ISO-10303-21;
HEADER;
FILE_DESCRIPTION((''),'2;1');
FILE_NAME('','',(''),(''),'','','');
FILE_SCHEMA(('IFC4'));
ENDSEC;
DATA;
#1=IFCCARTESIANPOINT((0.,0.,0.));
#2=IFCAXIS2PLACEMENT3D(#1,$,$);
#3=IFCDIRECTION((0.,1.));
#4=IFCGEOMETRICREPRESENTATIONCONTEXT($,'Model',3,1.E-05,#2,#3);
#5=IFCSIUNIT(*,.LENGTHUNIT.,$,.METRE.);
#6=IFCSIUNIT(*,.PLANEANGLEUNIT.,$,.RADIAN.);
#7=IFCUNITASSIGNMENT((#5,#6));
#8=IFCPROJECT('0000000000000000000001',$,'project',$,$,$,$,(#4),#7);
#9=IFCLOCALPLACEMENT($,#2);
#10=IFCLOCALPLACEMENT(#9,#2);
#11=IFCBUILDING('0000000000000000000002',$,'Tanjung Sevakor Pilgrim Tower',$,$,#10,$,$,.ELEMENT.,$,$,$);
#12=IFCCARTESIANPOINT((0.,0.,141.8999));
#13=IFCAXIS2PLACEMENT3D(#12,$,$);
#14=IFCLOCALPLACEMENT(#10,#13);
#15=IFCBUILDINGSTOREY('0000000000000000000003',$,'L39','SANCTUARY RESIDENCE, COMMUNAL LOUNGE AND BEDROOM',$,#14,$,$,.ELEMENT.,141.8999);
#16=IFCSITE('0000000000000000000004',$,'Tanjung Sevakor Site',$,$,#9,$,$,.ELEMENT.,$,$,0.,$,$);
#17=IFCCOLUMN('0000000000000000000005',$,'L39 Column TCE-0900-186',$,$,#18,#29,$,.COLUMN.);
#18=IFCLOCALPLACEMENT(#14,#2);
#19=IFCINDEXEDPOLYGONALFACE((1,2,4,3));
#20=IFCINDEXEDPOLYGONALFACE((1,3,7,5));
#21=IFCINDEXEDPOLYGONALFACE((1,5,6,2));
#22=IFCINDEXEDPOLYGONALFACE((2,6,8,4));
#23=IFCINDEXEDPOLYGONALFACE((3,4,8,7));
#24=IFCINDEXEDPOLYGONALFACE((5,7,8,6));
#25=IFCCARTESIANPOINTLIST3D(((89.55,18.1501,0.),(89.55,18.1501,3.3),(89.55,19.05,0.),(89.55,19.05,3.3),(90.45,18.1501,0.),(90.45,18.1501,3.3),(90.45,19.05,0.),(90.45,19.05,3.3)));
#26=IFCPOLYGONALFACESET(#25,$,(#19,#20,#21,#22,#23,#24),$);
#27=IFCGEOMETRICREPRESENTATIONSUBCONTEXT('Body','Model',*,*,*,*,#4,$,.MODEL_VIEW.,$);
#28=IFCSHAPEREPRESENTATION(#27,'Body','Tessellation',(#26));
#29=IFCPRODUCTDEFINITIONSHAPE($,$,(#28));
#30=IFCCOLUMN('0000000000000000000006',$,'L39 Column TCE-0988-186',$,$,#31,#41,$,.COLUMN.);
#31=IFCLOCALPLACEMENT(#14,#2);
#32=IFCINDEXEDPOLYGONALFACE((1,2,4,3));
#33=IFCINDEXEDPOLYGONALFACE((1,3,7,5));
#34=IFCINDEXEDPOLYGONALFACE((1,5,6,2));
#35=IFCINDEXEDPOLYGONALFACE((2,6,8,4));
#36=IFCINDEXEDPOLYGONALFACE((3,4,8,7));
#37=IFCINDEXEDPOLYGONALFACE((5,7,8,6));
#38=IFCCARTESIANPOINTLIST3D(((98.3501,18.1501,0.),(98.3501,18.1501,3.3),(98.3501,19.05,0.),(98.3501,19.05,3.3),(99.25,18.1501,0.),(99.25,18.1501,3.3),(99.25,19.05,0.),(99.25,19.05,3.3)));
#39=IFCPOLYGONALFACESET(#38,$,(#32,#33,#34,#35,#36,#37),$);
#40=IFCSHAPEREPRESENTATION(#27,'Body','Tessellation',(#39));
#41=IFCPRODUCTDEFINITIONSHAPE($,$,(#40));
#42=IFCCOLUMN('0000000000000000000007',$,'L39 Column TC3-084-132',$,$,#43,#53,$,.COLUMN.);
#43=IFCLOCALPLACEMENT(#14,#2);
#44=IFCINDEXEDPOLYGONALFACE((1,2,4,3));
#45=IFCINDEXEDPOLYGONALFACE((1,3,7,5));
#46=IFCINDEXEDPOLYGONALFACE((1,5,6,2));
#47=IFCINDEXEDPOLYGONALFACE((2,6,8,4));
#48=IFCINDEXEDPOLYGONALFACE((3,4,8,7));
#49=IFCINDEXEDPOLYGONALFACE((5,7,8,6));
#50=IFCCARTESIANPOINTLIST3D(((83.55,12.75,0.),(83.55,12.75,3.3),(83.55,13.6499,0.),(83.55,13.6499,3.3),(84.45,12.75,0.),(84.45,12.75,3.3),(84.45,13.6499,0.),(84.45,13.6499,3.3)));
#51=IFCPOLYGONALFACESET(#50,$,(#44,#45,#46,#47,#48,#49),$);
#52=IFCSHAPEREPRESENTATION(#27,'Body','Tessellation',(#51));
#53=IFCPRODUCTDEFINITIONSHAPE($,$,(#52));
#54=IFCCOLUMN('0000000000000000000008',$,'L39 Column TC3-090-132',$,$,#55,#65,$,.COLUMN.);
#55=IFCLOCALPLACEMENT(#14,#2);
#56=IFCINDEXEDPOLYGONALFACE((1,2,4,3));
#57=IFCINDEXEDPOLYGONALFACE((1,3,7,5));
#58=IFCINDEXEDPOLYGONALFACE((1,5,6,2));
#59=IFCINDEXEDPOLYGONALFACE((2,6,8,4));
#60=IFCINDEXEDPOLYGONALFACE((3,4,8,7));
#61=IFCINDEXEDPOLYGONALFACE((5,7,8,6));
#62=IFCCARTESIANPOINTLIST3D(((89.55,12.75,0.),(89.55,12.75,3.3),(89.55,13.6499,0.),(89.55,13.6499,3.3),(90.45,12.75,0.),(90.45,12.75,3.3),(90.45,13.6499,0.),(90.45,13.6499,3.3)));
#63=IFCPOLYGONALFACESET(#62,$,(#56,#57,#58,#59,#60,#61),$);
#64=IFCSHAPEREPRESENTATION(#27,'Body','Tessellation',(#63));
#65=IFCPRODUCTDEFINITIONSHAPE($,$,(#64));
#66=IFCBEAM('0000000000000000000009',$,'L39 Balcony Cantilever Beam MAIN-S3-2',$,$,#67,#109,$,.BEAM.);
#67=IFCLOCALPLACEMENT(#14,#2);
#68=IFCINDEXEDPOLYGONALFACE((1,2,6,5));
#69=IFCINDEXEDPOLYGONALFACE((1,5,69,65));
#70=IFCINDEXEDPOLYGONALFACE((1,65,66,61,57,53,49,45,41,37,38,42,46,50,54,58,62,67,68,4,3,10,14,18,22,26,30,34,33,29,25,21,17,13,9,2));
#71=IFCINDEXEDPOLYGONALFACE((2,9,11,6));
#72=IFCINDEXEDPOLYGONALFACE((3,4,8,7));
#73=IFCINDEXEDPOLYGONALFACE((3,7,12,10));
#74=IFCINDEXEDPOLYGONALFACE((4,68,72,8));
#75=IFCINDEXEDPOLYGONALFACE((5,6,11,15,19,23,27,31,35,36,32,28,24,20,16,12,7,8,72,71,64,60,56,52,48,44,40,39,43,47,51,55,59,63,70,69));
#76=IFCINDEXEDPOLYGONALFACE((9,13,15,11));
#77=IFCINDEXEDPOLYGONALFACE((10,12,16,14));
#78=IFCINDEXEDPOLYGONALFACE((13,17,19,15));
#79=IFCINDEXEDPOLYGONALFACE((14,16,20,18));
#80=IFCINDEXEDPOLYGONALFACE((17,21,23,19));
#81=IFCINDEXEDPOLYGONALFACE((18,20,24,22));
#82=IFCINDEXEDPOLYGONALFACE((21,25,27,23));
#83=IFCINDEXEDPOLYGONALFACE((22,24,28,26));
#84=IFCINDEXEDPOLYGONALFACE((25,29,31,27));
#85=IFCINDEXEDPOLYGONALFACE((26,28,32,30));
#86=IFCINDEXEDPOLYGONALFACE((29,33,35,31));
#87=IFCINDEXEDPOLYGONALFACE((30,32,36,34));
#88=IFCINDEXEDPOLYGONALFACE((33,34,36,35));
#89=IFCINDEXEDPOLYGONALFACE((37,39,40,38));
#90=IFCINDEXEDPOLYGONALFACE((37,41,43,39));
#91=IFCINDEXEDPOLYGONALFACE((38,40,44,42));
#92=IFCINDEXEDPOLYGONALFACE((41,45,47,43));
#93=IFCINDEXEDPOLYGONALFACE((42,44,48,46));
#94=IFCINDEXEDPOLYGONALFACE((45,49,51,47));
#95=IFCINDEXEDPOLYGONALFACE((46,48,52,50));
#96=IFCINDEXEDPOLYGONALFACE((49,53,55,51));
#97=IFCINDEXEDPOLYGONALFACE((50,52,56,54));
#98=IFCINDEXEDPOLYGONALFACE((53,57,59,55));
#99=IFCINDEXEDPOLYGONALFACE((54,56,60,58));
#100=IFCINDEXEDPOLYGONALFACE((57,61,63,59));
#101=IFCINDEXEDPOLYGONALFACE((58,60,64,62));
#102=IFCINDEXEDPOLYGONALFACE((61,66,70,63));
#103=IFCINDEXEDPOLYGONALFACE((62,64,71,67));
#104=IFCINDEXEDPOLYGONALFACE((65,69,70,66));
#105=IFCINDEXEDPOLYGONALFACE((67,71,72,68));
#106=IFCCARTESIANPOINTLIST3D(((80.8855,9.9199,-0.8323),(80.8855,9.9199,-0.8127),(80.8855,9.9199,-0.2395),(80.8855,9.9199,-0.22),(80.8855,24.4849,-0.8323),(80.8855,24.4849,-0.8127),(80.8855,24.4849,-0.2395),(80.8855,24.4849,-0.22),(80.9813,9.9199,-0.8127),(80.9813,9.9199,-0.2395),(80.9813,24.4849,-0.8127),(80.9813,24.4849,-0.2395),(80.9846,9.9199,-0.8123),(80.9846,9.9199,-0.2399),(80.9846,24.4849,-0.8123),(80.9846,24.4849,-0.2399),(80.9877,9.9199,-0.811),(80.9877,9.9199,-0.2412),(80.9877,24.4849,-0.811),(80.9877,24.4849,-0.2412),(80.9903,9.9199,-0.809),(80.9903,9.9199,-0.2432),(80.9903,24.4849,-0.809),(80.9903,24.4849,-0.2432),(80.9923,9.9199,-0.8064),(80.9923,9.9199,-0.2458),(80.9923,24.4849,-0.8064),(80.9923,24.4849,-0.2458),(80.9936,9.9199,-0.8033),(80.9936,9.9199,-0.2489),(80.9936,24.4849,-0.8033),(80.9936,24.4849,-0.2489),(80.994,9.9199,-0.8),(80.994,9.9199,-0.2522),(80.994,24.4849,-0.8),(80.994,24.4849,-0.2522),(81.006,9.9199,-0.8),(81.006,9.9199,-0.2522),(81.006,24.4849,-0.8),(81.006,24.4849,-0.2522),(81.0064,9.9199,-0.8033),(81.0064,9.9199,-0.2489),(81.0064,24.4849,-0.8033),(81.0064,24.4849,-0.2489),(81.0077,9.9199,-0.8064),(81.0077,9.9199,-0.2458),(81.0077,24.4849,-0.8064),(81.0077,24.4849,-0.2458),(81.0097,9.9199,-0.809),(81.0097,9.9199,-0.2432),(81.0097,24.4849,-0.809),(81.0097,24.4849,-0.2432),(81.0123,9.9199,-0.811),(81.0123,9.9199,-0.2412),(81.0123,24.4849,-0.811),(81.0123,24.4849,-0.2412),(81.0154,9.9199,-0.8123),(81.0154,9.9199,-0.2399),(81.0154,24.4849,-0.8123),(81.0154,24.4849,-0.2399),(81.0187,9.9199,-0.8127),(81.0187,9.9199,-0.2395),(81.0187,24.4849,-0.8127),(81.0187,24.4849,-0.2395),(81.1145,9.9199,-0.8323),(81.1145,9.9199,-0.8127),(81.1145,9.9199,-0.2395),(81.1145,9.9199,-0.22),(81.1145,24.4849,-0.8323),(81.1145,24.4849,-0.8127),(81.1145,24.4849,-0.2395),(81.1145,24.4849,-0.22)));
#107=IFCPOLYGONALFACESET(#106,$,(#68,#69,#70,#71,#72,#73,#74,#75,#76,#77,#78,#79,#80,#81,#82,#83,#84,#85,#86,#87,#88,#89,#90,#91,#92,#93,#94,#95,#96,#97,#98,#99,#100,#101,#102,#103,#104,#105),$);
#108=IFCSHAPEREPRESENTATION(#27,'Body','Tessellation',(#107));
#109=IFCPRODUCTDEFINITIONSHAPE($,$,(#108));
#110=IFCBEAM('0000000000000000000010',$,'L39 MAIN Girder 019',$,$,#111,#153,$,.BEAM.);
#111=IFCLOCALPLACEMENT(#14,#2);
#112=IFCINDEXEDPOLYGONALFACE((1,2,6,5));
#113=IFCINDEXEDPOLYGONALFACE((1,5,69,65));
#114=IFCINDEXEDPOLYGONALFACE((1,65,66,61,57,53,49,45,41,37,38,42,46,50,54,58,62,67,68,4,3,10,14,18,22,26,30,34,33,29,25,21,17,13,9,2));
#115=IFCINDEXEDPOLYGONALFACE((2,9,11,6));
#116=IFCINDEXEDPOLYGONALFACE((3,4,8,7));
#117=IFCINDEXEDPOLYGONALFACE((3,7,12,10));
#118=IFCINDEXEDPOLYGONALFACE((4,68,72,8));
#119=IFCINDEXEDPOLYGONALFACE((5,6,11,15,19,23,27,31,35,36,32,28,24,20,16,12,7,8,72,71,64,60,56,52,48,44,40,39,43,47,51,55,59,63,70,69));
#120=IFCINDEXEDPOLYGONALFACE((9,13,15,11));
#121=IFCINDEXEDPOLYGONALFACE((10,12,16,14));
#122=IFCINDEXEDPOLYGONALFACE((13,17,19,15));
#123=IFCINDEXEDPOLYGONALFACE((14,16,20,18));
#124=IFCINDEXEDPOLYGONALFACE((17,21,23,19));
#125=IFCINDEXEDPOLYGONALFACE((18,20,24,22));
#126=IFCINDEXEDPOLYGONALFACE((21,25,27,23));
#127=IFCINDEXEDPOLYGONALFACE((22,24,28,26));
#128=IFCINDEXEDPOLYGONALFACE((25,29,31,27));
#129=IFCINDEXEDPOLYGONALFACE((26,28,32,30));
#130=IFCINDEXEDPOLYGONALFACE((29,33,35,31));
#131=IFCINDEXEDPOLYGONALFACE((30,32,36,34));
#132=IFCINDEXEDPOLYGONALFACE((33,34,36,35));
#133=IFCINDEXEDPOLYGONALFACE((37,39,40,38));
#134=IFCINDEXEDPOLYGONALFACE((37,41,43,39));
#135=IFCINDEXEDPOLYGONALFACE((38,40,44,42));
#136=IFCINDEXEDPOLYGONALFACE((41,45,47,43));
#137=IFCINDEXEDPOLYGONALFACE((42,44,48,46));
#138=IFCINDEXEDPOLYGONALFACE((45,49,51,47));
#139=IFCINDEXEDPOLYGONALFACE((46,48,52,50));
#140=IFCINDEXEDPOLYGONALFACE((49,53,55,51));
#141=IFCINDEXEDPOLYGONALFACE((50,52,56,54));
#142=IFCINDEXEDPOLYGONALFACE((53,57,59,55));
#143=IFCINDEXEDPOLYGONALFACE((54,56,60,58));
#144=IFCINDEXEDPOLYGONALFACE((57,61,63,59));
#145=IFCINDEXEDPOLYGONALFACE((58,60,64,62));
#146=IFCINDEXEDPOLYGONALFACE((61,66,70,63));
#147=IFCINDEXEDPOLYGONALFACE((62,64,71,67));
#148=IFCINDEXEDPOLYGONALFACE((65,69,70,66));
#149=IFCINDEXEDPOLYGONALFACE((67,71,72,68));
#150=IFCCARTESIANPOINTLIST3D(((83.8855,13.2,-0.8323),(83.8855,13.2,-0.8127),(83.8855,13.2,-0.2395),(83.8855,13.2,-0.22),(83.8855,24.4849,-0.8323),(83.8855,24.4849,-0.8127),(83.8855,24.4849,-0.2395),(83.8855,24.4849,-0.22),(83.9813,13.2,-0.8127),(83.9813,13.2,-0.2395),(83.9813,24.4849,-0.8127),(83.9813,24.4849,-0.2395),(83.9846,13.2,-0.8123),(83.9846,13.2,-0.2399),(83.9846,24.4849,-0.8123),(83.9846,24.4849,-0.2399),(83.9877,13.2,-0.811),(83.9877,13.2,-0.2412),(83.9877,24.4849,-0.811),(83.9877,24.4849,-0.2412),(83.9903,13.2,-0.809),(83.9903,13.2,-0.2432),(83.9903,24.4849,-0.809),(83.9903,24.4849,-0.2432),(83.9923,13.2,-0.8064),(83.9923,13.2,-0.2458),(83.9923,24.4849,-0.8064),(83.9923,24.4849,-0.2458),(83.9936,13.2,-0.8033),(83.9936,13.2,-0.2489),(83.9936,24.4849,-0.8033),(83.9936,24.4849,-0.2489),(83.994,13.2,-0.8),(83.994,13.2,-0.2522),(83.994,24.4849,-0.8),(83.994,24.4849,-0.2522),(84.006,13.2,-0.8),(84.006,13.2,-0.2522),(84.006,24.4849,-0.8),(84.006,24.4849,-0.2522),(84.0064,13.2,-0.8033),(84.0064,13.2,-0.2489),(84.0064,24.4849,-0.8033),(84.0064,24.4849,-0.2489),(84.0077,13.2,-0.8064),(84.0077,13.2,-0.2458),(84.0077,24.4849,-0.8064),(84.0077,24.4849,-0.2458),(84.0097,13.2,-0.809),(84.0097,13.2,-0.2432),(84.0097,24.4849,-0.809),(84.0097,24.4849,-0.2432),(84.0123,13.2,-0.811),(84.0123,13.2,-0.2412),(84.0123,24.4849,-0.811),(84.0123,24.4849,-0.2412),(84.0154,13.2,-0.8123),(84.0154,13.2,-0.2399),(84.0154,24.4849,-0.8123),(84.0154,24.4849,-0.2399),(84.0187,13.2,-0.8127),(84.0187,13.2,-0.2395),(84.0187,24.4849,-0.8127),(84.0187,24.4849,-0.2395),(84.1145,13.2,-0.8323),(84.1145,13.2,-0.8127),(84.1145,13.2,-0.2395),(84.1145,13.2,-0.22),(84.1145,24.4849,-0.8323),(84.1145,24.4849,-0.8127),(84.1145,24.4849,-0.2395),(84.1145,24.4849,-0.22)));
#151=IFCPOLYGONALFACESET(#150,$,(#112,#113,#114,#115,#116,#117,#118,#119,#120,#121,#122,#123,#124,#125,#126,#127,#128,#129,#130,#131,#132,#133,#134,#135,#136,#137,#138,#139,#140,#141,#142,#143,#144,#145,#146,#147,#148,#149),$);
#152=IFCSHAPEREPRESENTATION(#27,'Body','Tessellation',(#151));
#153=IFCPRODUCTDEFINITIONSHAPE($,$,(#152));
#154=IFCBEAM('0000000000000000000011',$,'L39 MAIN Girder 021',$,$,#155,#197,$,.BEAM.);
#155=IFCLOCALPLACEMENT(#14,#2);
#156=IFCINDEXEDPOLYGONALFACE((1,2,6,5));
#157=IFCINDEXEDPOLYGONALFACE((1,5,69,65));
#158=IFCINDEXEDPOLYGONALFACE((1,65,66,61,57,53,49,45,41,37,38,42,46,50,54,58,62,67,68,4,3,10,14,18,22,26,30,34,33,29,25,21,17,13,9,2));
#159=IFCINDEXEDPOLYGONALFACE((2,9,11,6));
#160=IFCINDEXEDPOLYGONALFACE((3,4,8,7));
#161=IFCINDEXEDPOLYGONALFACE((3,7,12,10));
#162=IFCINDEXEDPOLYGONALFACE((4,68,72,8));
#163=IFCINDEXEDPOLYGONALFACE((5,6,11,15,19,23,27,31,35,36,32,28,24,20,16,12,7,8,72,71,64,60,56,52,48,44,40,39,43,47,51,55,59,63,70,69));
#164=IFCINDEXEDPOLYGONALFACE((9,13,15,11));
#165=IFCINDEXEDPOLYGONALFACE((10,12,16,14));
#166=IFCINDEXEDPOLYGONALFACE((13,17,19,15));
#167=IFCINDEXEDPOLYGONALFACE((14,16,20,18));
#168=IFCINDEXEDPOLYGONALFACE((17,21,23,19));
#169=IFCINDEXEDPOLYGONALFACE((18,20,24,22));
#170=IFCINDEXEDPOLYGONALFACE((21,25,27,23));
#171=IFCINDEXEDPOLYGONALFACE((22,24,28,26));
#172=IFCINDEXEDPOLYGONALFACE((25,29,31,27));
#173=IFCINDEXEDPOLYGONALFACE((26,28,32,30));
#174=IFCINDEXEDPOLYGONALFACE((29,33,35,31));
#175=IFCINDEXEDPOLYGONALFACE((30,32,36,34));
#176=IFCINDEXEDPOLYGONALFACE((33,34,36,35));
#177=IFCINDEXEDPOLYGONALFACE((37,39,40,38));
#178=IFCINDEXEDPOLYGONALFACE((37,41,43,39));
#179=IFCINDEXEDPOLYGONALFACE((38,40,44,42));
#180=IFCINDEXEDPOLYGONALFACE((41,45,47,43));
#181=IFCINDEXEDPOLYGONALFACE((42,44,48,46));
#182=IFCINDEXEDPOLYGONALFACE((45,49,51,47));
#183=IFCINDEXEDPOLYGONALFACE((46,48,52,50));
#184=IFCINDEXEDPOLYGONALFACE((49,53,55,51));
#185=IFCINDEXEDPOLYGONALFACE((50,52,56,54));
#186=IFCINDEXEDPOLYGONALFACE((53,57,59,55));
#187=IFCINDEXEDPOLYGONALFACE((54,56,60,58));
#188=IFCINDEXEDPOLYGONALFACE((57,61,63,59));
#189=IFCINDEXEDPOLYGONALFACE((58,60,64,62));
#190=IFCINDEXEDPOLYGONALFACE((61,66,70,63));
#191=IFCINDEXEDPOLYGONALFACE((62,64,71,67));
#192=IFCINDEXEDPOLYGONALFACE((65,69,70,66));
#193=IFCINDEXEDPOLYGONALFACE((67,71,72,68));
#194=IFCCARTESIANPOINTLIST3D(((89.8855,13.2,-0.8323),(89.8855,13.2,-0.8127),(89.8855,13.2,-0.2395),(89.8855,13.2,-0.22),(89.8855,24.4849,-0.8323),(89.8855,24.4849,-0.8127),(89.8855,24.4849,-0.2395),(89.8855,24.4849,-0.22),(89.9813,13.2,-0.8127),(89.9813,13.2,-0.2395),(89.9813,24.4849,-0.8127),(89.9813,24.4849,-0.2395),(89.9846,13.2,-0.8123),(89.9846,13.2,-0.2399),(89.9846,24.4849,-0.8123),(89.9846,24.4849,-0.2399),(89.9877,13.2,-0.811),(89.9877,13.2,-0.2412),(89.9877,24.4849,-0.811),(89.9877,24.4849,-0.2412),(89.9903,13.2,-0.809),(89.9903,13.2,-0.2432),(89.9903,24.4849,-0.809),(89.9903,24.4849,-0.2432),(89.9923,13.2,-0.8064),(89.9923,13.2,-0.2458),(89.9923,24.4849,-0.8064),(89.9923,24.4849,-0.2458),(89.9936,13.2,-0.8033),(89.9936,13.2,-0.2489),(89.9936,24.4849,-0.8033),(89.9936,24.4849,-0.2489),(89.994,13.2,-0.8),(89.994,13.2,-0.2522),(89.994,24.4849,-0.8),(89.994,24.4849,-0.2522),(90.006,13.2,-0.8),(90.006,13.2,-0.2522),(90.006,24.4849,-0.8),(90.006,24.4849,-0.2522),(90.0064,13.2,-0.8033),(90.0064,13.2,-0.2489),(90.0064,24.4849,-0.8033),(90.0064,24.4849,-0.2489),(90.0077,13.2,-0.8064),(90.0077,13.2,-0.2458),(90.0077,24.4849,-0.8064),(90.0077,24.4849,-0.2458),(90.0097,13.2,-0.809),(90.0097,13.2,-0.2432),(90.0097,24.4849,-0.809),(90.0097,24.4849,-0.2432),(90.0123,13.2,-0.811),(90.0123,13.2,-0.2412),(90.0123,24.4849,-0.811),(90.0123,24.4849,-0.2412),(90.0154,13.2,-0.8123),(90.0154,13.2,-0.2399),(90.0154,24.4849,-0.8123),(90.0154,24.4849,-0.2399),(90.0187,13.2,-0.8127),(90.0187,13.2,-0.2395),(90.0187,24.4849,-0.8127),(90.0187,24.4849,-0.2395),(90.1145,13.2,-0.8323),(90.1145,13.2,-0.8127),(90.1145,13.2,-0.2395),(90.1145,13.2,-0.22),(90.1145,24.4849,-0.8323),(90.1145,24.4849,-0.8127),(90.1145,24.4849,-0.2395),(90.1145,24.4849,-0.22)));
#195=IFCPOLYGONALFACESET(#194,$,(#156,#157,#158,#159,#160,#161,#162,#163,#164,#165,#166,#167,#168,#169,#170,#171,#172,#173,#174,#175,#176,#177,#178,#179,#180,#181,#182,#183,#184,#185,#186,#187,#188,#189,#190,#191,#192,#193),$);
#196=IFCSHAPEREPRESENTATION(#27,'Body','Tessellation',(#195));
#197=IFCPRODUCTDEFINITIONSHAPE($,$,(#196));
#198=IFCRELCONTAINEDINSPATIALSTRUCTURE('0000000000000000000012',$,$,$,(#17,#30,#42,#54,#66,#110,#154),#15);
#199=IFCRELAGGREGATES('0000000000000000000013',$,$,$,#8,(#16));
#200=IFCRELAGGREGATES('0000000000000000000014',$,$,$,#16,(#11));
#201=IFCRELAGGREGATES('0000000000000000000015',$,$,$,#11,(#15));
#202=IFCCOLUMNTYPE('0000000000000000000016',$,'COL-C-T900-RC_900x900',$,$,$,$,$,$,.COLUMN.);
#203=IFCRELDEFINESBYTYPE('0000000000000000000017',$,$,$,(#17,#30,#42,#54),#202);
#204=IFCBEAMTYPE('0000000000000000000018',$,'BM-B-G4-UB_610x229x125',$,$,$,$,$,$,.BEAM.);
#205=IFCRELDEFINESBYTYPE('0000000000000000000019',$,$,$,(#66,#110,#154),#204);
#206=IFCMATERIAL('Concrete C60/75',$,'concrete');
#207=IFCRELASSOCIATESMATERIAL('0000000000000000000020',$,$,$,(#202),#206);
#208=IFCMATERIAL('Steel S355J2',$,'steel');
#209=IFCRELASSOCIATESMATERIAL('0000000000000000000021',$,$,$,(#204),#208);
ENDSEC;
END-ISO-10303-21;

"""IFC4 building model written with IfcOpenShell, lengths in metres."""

from ifc_helpers import new_model, si_unit, direction, frame, origin, origin_2d, place, context, subcontext, project, spatial, rectangle, i_section, extrude, material, material_profile, profile_set, type_object, element, save


model = new_model("IFC4")

# Units and contexts
model_context = context("Model", 3, precision=1e-05, world=origin(), true_north=direction((0.0, 1.0)))
body_context = subcontext(model_context, "Body", "Model", "MODEL_VIEW")
ifc_project = project(units=[si_unit("LENGTHUNIT", "METRE"), si_unit("PLANEANGLEUNIT", "RADIAN")], contexts=[model_context])

# Site, building, storey
site_placement = place(None, origin())
site = spatial("IfcSite", under=ifc_project, at=site_placement, Name="Tanjung Sevakor Site", CompositionType="ELEMENT", RefElevation=0.0)
building_placement = place(site_placement, origin())
building = spatial("IfcBuilding", under=site, at=building_placement, Name="Tanjung Sevakor Pilgrim Tower", CompositionType="ELEMENT")
storey_placement = place(building_placement, frame((0.0, 0.0, 141.8999)))
storey = spatial("IfcBuildingStorey", under=building, at=storey_placement, Name="L39", Description="SANCTUARY RESIDENCE, COMMUNAL LOUNGE AND BEDROOM", CompositionType="ELEMENT", Elevation=141.8999)

# Columns
ifc_material_1 = material(Name="Concrete C60/75", Category="concrete")
ifc_material_profile_1 = material_profile(ifc_material_1, rectangle(XDim=0.8999, YDim=0.8999, at=origin_2d()))
ifc_profile_set_1 = profile_set([ifc_material_profile_1], Name="Concrete C60/75")
column_type = type_object("IfcColumnType", Name="COL-C-T900-RC_900x900", PredefinedType="COLUMN", material=ifc_profile_set_1)
for number, where, z_axis, x_axis, name in (
    (1, (90.0, 18.6001, 0.0), (0.0, 0.0, 1.0), (1.0, 0.0, 0.0), "L39 Column TCE-0900-186"),
    (2, (98.8, 18.6001, 0.0), (0.0, 0.0, 1.0), (1.0, 0.0, 0.0), "L39 Column TCE-0988-186"),
    (3, (84.0, 13.2, 0.0), (0.0, 0.0, 1.0), (1.0, 0.0, 0.0), "L39 Column TC3-084-132"),
    (4, (90.0, 13.2, 0.0), (0.0, 0.0, 1.0), (1.0, 0.0, 0.0), "L39 Column TC3-090-132"),
):
    element("IfcColumn", number, at=place(storey_placement, frame(where, z_axis=z_axis, x_axis=x_axis)), inside=storey, type_object=column_type, Name=name, PredefinedType="COLUMN", context=body_context, shape_type="SweptSolid", body=[
        extrude(rectangle(XDim=0.8999, YDim=0.8999, at=origin_2d()), origin(), (0.0, 0.0, 1.0), 3.3),
    ])

# Beams
ifc_material_2 = material(Name="Steel S355J2", Category="steel")
ifc_material_profile_2 = material_profile(ifc_material_2, i_section(OverallWidth=0.229, OverallDepth=0.6123, WebThickness=0.012, FlangeThickness=0.0195, FilletRadius=0.0127, at=origin_2d()))
ifc_profile_set_2 = profile_set([ifc_material_profile_2], Name="Steel S355J2")
beam_type_1 = type_object("IfcBeamType", Name="BM-B-G4-UB_610x229x125", PredefinedType="BEAM", material=ifc_profile_set_2)
beam_1_placement = place(storey_placement, frame((81.0, 24.4849, -0.5261), z_axis=(0.0, -1.0, 0.0), x_axis=(1.0, 0.0, 0.0)))
element("IfcBeam", 5, at=beam_1_placement, inside=storey, type_object=beam_type_1, Name="L39 Balcony Cantilever Beam MAIN-S3-2", PredefinedType="BEAM", context=body_context, shape_type="SweptSolid", body=[
    extrude(i_section(OverallWidth=0.229, OverallDepth=0.6123, WebThickness=0.012, FlangeThickness=0.0195, FilletRadius=0.0127, at=origin_2d()), origin(), (0.0, 0.0, 1.0), 14.5649),
])
for number, where, z_axis, x_axis, name in (
    (6, (84.0, 13.2, -0.5261), (0.0, 1.0, 0.0), (-1.0, 0.0, 0.0), "L39 MAIN Girder 019"),
    (7, (90.0, 13.2, -0.5261), (0.0, 1.0, 0.0), (-1.0, 0.0, 0.0), "L39 MAIN Girder 021"),
):
    element("IfcBeam", number, at=place(storey_placement, frame(where, z_axis=z_axis, x_axis=x_axis)), inside=storey, type_object=beam_type_1, Name=name, PredefinedType="BEAM", context=body_context, shape_type="SweptSolid", body=[
        extrude(i_section(OverallWidth=0.229, OverallDepth=0.6123, WebThickness=0.012, FlangeThickness=0.0195, FilletRadius=0.0127, at=origin_2d()), origin(), (0.0, 0.0, 1.0), 11.2849),
    ])

save(model, "model.ifc")
